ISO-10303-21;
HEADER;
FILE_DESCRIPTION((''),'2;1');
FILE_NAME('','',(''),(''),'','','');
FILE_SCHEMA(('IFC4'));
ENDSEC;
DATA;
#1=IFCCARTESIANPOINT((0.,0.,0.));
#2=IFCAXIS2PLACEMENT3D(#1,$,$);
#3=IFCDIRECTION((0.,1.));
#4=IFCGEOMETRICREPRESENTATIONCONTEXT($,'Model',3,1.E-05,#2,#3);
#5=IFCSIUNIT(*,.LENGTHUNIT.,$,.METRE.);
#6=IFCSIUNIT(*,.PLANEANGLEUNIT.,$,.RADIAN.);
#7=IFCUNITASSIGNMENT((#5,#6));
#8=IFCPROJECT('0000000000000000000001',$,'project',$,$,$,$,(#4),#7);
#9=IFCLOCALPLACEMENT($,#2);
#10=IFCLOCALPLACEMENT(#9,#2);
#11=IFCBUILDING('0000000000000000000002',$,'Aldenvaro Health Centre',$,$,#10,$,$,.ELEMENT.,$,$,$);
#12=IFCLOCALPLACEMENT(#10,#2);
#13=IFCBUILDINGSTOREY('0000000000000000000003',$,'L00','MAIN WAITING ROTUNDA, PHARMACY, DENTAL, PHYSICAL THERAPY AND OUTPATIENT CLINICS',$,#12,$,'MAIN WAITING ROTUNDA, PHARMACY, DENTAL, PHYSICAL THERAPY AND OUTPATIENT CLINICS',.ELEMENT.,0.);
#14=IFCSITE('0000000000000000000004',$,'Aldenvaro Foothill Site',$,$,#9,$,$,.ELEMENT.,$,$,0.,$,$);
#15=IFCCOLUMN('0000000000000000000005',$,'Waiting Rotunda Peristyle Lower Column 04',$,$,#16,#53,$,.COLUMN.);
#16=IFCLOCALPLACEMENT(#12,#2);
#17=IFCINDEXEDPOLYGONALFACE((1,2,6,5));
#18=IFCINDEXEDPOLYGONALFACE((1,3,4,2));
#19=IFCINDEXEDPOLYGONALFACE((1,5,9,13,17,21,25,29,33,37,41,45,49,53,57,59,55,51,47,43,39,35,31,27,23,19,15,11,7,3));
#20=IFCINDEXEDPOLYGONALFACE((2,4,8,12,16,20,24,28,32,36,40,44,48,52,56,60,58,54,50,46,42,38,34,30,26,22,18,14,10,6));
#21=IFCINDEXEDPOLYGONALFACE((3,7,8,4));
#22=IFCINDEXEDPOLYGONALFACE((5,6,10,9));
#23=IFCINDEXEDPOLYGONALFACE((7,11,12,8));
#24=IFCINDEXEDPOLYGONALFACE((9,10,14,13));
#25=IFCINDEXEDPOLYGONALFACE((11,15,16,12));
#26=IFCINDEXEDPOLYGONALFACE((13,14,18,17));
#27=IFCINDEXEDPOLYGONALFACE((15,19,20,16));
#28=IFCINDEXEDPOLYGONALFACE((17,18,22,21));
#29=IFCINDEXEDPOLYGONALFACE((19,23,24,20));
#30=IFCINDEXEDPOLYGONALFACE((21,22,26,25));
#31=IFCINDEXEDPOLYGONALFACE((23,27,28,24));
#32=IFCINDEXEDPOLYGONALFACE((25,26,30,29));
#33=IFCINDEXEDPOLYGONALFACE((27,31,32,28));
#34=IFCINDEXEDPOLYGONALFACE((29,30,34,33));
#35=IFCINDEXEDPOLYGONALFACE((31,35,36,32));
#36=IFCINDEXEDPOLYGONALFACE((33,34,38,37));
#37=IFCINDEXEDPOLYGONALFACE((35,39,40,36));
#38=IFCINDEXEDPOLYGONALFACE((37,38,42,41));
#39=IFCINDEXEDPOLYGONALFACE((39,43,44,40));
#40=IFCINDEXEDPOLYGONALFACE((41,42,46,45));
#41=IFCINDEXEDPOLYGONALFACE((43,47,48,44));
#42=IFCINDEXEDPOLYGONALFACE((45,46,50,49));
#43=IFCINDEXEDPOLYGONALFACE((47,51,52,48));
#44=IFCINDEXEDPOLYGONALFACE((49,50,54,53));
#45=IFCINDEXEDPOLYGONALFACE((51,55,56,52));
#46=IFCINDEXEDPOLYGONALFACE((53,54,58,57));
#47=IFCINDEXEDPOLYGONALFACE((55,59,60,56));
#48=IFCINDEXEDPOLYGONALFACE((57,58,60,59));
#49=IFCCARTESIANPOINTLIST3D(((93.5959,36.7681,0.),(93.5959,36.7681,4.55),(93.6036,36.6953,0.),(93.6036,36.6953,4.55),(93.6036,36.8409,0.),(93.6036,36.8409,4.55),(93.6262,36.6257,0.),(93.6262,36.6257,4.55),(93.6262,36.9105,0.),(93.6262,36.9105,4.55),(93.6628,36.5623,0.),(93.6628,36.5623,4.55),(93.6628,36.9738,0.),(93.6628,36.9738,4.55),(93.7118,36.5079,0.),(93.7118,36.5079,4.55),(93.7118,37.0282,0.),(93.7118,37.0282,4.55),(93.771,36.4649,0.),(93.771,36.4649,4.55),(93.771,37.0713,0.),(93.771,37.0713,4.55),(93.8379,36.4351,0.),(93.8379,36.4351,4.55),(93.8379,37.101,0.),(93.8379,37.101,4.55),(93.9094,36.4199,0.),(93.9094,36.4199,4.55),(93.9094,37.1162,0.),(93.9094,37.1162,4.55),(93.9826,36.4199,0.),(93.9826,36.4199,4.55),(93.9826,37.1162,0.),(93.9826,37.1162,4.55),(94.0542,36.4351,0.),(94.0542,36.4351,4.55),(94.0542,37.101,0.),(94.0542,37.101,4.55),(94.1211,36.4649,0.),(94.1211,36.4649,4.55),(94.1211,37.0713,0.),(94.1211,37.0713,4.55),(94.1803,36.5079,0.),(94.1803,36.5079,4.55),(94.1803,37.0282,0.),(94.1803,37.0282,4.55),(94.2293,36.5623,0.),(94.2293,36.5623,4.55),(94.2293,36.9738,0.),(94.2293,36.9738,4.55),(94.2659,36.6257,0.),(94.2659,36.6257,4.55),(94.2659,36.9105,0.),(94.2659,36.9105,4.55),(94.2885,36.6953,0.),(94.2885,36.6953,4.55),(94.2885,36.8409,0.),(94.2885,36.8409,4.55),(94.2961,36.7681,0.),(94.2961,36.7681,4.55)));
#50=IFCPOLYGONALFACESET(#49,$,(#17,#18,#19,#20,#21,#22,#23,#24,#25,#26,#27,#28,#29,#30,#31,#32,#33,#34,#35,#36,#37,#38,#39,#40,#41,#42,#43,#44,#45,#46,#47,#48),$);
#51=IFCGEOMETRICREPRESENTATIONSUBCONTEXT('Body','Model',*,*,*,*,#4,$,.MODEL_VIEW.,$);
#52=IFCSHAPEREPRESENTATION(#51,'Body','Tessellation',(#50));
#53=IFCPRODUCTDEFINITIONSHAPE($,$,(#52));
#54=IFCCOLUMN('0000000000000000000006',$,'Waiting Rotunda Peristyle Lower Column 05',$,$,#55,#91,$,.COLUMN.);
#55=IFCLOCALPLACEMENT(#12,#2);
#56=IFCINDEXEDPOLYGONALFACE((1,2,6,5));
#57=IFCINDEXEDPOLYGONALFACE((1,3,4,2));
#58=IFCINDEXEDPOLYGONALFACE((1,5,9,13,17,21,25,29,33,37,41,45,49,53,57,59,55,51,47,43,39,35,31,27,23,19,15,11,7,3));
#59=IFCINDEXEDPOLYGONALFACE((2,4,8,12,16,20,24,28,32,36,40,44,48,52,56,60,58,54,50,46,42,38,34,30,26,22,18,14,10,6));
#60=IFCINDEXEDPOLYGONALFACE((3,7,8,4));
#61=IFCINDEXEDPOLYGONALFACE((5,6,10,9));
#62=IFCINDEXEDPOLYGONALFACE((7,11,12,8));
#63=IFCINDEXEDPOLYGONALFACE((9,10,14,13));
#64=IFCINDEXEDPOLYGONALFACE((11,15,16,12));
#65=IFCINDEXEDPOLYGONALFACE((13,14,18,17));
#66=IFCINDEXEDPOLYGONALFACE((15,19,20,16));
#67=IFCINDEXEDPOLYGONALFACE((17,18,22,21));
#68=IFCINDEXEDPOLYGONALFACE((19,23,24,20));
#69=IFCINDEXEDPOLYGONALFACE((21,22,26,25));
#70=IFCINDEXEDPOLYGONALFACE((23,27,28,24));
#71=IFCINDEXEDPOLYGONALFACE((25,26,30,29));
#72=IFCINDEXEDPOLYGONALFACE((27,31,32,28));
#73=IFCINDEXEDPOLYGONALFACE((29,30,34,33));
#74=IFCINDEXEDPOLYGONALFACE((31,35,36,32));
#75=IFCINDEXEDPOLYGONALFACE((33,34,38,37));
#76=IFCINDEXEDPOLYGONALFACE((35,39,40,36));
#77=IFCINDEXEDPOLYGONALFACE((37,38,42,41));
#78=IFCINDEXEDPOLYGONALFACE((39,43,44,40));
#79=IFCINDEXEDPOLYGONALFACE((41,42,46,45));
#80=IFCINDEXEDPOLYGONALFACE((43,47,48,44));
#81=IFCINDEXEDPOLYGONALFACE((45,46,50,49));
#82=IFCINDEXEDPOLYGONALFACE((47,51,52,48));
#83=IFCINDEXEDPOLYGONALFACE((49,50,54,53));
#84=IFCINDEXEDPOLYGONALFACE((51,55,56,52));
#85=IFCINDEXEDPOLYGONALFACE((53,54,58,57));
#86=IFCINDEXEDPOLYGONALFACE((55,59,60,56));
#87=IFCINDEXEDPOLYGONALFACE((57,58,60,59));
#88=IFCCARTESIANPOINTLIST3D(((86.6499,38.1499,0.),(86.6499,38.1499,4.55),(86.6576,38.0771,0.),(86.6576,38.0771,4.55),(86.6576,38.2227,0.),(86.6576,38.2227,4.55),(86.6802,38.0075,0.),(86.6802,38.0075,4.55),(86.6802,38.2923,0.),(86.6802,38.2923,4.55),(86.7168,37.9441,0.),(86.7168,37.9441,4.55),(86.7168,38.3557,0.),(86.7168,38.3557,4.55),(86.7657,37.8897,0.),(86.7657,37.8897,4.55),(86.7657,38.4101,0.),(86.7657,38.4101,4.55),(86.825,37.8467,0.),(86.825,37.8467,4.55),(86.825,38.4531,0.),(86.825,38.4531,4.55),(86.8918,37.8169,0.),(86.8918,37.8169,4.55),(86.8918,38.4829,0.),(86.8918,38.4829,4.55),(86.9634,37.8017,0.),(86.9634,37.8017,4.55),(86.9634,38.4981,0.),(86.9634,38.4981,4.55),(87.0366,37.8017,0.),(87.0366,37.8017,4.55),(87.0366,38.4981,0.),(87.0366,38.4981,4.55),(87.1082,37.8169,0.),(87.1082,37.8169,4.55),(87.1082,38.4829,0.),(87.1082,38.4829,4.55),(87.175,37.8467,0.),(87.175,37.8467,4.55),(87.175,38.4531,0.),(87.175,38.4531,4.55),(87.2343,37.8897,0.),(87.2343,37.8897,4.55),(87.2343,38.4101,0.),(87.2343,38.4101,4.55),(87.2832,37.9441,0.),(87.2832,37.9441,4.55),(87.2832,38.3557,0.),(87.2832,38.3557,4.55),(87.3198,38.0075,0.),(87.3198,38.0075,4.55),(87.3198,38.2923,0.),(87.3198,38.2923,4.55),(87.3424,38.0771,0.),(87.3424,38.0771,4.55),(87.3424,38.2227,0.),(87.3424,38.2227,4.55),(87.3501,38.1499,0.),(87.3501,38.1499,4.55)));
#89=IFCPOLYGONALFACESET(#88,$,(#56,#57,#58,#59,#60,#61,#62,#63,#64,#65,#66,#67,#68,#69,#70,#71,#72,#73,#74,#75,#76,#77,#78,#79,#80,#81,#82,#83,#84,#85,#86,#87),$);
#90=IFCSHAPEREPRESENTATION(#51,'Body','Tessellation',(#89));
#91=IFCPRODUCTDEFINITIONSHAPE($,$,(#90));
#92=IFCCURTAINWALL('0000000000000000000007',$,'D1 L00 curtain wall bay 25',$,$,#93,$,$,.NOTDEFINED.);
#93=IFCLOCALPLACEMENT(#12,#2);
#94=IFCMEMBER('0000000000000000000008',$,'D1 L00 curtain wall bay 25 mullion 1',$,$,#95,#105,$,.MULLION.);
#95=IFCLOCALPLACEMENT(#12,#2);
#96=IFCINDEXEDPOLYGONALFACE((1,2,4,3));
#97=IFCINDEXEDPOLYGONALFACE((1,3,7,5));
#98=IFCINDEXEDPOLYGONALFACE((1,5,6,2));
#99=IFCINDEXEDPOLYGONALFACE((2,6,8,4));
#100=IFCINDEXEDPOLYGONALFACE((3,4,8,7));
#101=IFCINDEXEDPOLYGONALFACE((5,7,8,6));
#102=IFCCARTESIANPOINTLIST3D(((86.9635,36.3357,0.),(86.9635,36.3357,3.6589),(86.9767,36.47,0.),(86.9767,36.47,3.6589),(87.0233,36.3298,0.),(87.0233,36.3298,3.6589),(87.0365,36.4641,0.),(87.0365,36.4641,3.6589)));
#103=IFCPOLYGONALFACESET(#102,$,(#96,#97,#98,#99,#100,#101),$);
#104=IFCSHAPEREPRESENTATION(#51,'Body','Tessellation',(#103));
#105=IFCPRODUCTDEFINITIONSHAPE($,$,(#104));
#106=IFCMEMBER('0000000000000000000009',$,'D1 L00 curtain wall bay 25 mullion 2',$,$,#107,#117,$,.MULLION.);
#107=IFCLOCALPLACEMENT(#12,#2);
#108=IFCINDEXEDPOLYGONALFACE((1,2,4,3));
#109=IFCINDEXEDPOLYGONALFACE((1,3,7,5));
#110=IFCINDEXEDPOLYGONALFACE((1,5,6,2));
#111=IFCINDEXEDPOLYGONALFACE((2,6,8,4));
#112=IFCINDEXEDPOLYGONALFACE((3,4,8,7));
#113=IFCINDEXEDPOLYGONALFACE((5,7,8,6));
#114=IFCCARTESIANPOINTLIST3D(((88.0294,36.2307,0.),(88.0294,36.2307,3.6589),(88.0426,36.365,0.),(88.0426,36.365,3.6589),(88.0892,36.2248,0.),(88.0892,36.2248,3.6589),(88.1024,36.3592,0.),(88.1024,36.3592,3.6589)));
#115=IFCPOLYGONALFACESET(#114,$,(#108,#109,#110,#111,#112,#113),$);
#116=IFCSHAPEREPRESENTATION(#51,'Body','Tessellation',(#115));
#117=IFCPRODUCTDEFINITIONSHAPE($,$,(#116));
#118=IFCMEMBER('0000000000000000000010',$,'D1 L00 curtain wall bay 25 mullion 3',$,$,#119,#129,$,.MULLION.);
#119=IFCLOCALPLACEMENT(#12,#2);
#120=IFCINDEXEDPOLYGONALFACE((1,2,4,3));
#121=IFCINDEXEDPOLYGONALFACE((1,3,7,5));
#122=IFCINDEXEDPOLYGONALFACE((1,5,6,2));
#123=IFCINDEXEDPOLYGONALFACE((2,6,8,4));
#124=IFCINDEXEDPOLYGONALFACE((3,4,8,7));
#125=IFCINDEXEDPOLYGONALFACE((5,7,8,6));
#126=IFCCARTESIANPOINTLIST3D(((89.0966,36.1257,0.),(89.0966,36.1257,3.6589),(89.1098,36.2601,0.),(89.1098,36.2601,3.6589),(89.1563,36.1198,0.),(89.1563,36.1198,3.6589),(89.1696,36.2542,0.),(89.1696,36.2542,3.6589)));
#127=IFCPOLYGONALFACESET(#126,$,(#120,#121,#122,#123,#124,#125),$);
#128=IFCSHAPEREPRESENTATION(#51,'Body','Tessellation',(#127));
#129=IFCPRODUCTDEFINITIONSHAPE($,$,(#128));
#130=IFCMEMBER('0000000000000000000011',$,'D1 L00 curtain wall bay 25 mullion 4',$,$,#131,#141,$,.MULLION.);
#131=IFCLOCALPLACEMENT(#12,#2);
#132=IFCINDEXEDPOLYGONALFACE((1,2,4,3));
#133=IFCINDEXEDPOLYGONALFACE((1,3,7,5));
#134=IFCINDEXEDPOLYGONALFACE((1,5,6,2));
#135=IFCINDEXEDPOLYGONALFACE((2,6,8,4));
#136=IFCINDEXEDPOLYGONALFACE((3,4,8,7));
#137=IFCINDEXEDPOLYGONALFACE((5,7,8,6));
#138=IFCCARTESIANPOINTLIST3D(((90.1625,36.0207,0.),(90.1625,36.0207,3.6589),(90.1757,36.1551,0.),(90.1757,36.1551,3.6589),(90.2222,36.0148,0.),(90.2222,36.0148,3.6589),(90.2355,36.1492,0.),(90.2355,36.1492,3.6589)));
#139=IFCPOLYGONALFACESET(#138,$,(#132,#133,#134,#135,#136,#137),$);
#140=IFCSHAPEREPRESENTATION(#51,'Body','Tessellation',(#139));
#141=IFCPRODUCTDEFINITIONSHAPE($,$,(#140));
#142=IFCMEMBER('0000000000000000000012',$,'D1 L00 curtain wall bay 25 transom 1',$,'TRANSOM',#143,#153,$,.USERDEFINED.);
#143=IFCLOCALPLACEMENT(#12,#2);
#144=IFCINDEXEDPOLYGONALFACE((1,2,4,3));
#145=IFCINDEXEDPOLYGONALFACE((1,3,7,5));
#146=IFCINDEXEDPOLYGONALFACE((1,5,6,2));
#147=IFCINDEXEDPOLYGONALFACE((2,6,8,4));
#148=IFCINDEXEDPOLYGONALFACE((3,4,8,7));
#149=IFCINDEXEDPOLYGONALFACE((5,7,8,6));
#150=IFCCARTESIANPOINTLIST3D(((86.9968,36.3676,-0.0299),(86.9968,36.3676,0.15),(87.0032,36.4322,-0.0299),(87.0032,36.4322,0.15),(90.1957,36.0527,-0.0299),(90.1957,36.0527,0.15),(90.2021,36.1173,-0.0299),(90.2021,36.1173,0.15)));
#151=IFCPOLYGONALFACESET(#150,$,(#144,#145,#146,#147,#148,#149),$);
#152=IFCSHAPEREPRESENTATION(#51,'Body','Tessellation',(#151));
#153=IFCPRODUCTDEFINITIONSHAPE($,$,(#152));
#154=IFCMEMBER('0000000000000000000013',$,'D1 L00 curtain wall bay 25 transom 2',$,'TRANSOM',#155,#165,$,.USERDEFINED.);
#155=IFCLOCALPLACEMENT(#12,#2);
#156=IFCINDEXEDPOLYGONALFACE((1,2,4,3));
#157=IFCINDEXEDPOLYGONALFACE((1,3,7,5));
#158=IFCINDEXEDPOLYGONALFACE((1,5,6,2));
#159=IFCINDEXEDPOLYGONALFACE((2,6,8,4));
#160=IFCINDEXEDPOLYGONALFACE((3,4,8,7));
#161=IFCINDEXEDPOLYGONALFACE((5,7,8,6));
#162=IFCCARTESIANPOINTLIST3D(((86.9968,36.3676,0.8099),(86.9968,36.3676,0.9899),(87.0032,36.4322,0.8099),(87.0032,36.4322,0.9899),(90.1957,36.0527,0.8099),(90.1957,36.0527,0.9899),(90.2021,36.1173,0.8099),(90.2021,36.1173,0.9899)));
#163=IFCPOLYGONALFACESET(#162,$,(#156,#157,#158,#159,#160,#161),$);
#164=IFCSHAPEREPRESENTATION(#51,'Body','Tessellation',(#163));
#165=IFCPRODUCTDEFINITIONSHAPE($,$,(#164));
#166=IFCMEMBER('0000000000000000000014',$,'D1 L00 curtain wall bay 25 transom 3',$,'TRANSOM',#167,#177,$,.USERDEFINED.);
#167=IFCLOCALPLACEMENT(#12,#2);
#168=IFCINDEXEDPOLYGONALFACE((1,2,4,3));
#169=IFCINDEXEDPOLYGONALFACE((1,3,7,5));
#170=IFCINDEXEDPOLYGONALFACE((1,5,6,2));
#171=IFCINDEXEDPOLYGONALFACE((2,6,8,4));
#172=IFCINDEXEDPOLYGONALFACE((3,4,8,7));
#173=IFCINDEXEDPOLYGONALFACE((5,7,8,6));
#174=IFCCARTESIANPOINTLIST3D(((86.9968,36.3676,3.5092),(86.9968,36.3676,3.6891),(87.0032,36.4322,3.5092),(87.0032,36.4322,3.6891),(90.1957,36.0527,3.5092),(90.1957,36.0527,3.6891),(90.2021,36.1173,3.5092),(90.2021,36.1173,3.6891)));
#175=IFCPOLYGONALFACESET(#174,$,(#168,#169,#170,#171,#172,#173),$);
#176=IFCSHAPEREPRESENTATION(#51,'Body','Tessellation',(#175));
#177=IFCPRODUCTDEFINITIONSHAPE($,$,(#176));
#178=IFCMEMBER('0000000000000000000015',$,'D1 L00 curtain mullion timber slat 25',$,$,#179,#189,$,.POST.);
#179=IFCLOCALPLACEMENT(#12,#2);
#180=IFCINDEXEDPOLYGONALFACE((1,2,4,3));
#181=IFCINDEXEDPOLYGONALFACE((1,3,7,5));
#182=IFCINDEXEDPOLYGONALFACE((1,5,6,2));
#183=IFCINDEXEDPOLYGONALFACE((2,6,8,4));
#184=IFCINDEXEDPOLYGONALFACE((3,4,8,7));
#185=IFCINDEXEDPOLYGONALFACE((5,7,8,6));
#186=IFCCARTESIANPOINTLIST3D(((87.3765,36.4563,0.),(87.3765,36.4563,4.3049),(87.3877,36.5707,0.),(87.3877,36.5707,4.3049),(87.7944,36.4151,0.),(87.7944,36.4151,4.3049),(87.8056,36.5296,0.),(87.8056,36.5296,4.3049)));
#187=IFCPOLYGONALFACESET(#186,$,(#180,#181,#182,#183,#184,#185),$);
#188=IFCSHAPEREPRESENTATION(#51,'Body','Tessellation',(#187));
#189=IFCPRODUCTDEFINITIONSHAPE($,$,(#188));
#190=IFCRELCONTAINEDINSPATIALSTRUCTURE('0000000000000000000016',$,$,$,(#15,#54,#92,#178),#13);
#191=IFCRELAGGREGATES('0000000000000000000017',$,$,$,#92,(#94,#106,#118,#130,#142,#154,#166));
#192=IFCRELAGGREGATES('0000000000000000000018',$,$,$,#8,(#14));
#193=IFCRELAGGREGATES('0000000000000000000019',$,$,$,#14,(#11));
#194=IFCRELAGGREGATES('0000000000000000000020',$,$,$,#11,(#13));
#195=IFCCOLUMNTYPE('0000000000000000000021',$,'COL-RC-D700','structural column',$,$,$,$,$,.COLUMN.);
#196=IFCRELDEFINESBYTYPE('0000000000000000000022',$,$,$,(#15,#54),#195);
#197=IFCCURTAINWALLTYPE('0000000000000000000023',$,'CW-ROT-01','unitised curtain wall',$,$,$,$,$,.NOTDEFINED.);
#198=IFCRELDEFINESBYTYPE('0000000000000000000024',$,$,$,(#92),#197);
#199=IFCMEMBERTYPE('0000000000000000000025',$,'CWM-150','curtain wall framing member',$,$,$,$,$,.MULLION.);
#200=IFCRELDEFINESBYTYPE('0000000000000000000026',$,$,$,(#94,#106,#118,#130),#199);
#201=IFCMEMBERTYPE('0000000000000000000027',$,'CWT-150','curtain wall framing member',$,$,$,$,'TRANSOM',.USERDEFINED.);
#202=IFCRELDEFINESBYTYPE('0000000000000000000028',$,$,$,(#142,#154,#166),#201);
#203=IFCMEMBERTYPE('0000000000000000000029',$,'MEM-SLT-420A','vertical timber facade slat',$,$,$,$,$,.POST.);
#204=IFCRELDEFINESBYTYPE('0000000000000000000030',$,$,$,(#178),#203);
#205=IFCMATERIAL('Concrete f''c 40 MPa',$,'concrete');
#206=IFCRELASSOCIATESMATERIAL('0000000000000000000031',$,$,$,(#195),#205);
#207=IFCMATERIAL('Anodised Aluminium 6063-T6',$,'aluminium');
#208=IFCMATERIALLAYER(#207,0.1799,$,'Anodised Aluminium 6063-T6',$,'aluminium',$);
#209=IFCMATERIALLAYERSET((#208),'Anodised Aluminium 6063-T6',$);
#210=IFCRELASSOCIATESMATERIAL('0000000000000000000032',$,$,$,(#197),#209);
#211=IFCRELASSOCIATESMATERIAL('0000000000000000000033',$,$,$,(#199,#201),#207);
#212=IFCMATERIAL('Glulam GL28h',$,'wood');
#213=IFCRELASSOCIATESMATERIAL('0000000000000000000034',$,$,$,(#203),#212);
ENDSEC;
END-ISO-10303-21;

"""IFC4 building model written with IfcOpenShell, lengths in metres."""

from ifc_helpers import new_model, si_unit, direction, frame, origin, origin_2d, place, context, subcontext, project, spatial, rectangle, circle, extrude, material, layer, layer_set, material_profile, profile_set, type_object, element, aggregate, save


model = new_model("IFC4")

# Units and contexts
model_context = context("Model", 3, precision=1e-05, world=origin(), true_north=direction((0.0, 1.0)))
body_context = subcontext(model_context, "Body", "Model", "MODEL_VIEW")
ifc_project = project(units=[si_unit("LENGTHUNIT", "METRE"), si_unit("PLANEANGLEUNIT", "RADIAN")], contexts=[model_context])

# Site, building, storey
site_placement = place(None, origin())
site = spatial("IfcSite", under=ifc_project, at=site_placement, Name="Aldenvaro Foothill Site", CompositionType="ELEMENT", RefElevation=0.0)
building_placement = place(site_placement, origin())
building = spatial("IfcBuilding", under=site, at=building_placement, Name="Aldenvaro Health Centre", CompositionType="ELEMENT")
storey_placement = place(building_placement, origin())
storey = spatial("IfcBuildingStorey", under=building, at=storey_placement, Name="L00", Description="MAIN WAITING ROTUNDA, PHARMACY, DENTAL, PHYSICAL THERAPY AND OUTPATIENT CLINICS", LongName="MAIN WAITING ROTUNDA, PHARMACY, DENTAL, PHYSICAL THERAPY AND OUTPATIENT CLINICS", CompositionType="ELEMENT", Elevation=0.0)

# Columns
ifc_material_1 = material(Name="Concrete f'c 40 MPa", Category="concrete")
ifc_material_profile_1 = material_profile(ifc_material_1, circle(Radius=0.3501, at=origin_2d()), Name="RC D700", Category="concrete")
ifc_profile_set_1 = profile_set([ifc_material_profile_1], Name="Concrete f'c 40 MPa")
column_type = type_object("IfcColumnType", Name="COL-RC-D700", Description="structural column", PredefinedType="COLUMN", material=ifc_profile_set_1)
for number, where, z_axis, x_axis, name in (
    (1, (93.946, 36.7681, 0.0), (0.0, 0.0, 1.0), (1.0, 0.0, 0.0), "Waiting Rotunda Peristyle Lower Column 04"),
    (2, (87.0, 38.1499, 0.0), (0.0, 0.0, 1.0), (1.0, 0.0, 0.0), "Waiting Rotunda Peristyle Lower Column 05"),
):
    element("IfcColumn", number, at=place(storey_placement, frame(where, z_axis=z_axis, x_axis=x_axis)), inside=storey, type_object=column_type, Name=name, PredefinedType="COLUMN", context=body_context, shape_type="SweptSolid", body=[
        extrude(circle(Radius=0.3501, at=origin_2d()), origin(), (0.0, 0.0, 1.0), 4.55),
    ])

# Curtain wall, members
ifc_material_2 = material(Name="Anodised Aluminium 6063-T6", Category="aluminium")
ifc_layer_1 = layer(ifc_material_2, 0.1799, Name="Anodised Aluminium 6063-T6", Category="aluminium")
ifc_layer_set_1 = layer_set([ifc_layer_1], Name="Anodised Aluminium 6063-T6")
curtain_wall_type = type_object("IfcCurtainWallType", Name="CW-ROT-01", Description="unitised curtain wall", PredefinedType="NOTDEFINED", material=ifc_layer_set_1)
curtain_wall_placement = place(storey_placement, origin())
curtain_wall = element("IfcCurtainWall", 3, at=curtain_wall_placement, inside=storey, type_object=curtain_wall_type, Name="D1 L00 curtain wall bay 25", PredefinedType="NOTDEFINED")
ifc_material_profile_2 = material_profile(ifc_material_2, rectangle(XDim=0.0601, YDim=0.135, at=origin_2d()), Name="ALU 60x135", Category="aluminium")
ifc_profile_set_2 = profile_set([ifc_material_profile_2], Name="Anodised Aluminium 6063-T6")
member_type_1 = type_object("IfcMemberType", Name="CWM-150", Description="curtain wall framing member", PredefinedType="MULLION", material=ifc_profile_set_2)
member_1_placement = place(storey_placement, frame((87.0, 36.3999, 0.0), z_axis=(0.0, 0.0, 1.0), x_axis=(0.995187, -0.097994, 0.0)))
member_1 = element("IfcMember", 4, at=member_1_placement, type_object=member_type_1, Name="D1 L00 curtain wall bay 25 mullion 1", PredefinedType="MULLION", context=body_context, shape_type="SweptSolid", body=[
    extrude(rectangle(XDim=0.0601, YDim=0.135, at=origin_2d()), origin(), (0.0, 0.0, 1.0), 3.6589),
])
member_2_placement = place(storey_placement, frame((88.0659, 36.2949, 0.0), z_axis=(0.0, 0.0, 1.0), x_axis=(0.995187, -0.097994, 0.0)))
member_2 = element("IfcMember", 5, at=member_2_placement, type_object=member_type_1, Name="D1 L00 curtain wall bay 25 mullion 2", PredefinedType="MULLION", context=body_context, shape_type="SweptSolid", body=[
    extrude(rectangle(XDim=0.0601, YDim=0.135, at=origin_2d()), origin(), (0.0, 0.0, 1.0), 3.6589),
])
member_3_placement = place(storey_placement, frame((89.1331, 36.1899, 0.0), z_axis=(0.0, 0.0, 1.0), x_axis=(0.995187, -0.097994, 0.0)))
member_3 = element("IfcMember", 6, at=member_3_placement, type_object=member_type_1, Name="D1 L00 curtain wall bay 25 mullion 3", PredefinedType="MULLION", context=body_context, shape_type="SweptSolid", body=[
    extrude(rectangle(XDim=0.0601, YDim=0.135, at=origin_2d()), origin(), (0.0, 0.0, 1.0), 3.6589),
])
member_4_placement = place(storey_placement, frame((90.199, 36.085, 0.0), z_axis=(0.0, 0.0, 1.0), x_axis=(0.995187, -0.097994, 0.0)))
member_4 = element("IfcMember", 7, at=member_4_placement, type_object=member_type_1, Name="D1 L00 curtain wall bay 25 mullion 4", PredefinedType="MULLION", context=body_context, shape_type="SweptSolid", body=[
    extrude(rectangle(XDim=0.0601, YDim=0.135, at=origin_2d()), origin(), (0.0, 0.0, 1.0), 3.6589),
])
ifc_material_profile_3 = material_profile(ifc_material_2, rectangle(XDim=0.0649, YDim=0.1799, at=origin_2d()), Name="ALU 65x180", Category="aluminium")
ifc_profile_set_3 = profile_set([ifc_material_profile_3], Name="Anodised Aluminium 6063-T6")
member_type_2 = type_object("IfcMemberType", Name="CWT-150", Description="curtain wall framing member", ElementType="TRANSOM", PredefinedType="USERDEFINED", material=ifc_profile_set_3)
member_5_placement = place(storey_placement, frame((87.0, 36.3999, 0.0601), z_axis=(0.995189, -0.097977, 0.0), x_axis=(0.097977, 0.995189, 0.0)))
member_5 = element("IfcMember", 8, at=member_5_placement, type_object=member_type_2, Name="D1 L00 curtain wall bay 25 transom 1", ObjectType="TRANSOM", PredefinedType="USERDEFINED", context=body_context, shape_type="SweptSolid", body=[
    extrude(rectangle(XDim=0.0649, YDim=0.1799, at=origin_2d()), origin(), (0.0, 0.0, 1.0), 3.2144),
])
member_6_placement = place(storey_placement, frame((87.0, 36.3999, 0.8999), z_axis=(0.995189, -0.097977, 0.0), x_axis=(0.097977, 0.995189, 0.0)))
member_6 = element("IfcMember", 9, at=member_6_placement, type_object=member_type_2, Name="D1 L00 curtain wall bay 25 transom 2", ObjectType="TRANSOM", PredefinedType="USERDEFINED", context=body_context, shape_type="SweptSolid", body=[
    extrude(rectangle(XDim=0.0649, YDim=0.1799, at=origin_2d()), origin(), (0.0, 0.0, 1.0), 3.2144),
])
member_7_placement = place(storey_placement, frame((87.0, 36.3999, 3.5991), z_axis=(0.995189, -0.097977, 0.0), x_axis=(0.097977, 0.995189, 0.0)))
member_7 = element("IfcMember", 10, at=member_7_placement, type_object=member_type_2, Name="D1 L00 curtain wall bay 25 transom 3", ObjectType="TRANSOM", PredefinedType="USERDEFINED", context=body_context, shape_type="SweptSolid", body=[
    extrude(rectangle(XDim=0.0649, YDim=0.1799, at=origin_2d()), origin(), (0.0, 0.0, 1.0), 3.2144),
])

# Member
ifc_material_3 = material(Name="Glulam GL28h", Category="wood")
ifc_material_profile_4 = material_profile(ifc_material_3, rectangle(XDim=0.115, YDim=0.4199, at=origin_2d()), Name="GL 115x420", Category="wood")
ifc_profile_set_4 = profile_set([ifc_material_profile_4], Name="Glulam GL28h")
member_type_3 = type_object("IfcMemberType", Name="MEM-SLT-420A", Description="vertical timber facade slat", PredefinedType="POST", material=ifc_profile_set_4)
for number, where, z_axis, x_axis, name in (
    (11, (87.5911, 36.4929, 0.0), (0.0, 0.0, 1.0), (0.097994, 0.995187, 0.0), "D1 L00 curtain mullion timber slat 25"),
):
    element("IfcMember", number, at=place(storey_placement, frame(where, z_axis=z_axis, x_axis=x_axis)), inside=storey, type_object=member_type_3, Name=name, PredefinedType="POST", context=body_context, shape_type="SweptSolid", body=[
        extrude(rectangle(XDim=0.115, YDim=0.4199, at=origin_2d()), origin(), (0.0, 0.0, 1.0), 4.3049),
    ])

aggregate(curtain_wall, [member_1, member_2, member_3, member_4, member_5, member_6, member_7])

save(model, "model.ifc")
